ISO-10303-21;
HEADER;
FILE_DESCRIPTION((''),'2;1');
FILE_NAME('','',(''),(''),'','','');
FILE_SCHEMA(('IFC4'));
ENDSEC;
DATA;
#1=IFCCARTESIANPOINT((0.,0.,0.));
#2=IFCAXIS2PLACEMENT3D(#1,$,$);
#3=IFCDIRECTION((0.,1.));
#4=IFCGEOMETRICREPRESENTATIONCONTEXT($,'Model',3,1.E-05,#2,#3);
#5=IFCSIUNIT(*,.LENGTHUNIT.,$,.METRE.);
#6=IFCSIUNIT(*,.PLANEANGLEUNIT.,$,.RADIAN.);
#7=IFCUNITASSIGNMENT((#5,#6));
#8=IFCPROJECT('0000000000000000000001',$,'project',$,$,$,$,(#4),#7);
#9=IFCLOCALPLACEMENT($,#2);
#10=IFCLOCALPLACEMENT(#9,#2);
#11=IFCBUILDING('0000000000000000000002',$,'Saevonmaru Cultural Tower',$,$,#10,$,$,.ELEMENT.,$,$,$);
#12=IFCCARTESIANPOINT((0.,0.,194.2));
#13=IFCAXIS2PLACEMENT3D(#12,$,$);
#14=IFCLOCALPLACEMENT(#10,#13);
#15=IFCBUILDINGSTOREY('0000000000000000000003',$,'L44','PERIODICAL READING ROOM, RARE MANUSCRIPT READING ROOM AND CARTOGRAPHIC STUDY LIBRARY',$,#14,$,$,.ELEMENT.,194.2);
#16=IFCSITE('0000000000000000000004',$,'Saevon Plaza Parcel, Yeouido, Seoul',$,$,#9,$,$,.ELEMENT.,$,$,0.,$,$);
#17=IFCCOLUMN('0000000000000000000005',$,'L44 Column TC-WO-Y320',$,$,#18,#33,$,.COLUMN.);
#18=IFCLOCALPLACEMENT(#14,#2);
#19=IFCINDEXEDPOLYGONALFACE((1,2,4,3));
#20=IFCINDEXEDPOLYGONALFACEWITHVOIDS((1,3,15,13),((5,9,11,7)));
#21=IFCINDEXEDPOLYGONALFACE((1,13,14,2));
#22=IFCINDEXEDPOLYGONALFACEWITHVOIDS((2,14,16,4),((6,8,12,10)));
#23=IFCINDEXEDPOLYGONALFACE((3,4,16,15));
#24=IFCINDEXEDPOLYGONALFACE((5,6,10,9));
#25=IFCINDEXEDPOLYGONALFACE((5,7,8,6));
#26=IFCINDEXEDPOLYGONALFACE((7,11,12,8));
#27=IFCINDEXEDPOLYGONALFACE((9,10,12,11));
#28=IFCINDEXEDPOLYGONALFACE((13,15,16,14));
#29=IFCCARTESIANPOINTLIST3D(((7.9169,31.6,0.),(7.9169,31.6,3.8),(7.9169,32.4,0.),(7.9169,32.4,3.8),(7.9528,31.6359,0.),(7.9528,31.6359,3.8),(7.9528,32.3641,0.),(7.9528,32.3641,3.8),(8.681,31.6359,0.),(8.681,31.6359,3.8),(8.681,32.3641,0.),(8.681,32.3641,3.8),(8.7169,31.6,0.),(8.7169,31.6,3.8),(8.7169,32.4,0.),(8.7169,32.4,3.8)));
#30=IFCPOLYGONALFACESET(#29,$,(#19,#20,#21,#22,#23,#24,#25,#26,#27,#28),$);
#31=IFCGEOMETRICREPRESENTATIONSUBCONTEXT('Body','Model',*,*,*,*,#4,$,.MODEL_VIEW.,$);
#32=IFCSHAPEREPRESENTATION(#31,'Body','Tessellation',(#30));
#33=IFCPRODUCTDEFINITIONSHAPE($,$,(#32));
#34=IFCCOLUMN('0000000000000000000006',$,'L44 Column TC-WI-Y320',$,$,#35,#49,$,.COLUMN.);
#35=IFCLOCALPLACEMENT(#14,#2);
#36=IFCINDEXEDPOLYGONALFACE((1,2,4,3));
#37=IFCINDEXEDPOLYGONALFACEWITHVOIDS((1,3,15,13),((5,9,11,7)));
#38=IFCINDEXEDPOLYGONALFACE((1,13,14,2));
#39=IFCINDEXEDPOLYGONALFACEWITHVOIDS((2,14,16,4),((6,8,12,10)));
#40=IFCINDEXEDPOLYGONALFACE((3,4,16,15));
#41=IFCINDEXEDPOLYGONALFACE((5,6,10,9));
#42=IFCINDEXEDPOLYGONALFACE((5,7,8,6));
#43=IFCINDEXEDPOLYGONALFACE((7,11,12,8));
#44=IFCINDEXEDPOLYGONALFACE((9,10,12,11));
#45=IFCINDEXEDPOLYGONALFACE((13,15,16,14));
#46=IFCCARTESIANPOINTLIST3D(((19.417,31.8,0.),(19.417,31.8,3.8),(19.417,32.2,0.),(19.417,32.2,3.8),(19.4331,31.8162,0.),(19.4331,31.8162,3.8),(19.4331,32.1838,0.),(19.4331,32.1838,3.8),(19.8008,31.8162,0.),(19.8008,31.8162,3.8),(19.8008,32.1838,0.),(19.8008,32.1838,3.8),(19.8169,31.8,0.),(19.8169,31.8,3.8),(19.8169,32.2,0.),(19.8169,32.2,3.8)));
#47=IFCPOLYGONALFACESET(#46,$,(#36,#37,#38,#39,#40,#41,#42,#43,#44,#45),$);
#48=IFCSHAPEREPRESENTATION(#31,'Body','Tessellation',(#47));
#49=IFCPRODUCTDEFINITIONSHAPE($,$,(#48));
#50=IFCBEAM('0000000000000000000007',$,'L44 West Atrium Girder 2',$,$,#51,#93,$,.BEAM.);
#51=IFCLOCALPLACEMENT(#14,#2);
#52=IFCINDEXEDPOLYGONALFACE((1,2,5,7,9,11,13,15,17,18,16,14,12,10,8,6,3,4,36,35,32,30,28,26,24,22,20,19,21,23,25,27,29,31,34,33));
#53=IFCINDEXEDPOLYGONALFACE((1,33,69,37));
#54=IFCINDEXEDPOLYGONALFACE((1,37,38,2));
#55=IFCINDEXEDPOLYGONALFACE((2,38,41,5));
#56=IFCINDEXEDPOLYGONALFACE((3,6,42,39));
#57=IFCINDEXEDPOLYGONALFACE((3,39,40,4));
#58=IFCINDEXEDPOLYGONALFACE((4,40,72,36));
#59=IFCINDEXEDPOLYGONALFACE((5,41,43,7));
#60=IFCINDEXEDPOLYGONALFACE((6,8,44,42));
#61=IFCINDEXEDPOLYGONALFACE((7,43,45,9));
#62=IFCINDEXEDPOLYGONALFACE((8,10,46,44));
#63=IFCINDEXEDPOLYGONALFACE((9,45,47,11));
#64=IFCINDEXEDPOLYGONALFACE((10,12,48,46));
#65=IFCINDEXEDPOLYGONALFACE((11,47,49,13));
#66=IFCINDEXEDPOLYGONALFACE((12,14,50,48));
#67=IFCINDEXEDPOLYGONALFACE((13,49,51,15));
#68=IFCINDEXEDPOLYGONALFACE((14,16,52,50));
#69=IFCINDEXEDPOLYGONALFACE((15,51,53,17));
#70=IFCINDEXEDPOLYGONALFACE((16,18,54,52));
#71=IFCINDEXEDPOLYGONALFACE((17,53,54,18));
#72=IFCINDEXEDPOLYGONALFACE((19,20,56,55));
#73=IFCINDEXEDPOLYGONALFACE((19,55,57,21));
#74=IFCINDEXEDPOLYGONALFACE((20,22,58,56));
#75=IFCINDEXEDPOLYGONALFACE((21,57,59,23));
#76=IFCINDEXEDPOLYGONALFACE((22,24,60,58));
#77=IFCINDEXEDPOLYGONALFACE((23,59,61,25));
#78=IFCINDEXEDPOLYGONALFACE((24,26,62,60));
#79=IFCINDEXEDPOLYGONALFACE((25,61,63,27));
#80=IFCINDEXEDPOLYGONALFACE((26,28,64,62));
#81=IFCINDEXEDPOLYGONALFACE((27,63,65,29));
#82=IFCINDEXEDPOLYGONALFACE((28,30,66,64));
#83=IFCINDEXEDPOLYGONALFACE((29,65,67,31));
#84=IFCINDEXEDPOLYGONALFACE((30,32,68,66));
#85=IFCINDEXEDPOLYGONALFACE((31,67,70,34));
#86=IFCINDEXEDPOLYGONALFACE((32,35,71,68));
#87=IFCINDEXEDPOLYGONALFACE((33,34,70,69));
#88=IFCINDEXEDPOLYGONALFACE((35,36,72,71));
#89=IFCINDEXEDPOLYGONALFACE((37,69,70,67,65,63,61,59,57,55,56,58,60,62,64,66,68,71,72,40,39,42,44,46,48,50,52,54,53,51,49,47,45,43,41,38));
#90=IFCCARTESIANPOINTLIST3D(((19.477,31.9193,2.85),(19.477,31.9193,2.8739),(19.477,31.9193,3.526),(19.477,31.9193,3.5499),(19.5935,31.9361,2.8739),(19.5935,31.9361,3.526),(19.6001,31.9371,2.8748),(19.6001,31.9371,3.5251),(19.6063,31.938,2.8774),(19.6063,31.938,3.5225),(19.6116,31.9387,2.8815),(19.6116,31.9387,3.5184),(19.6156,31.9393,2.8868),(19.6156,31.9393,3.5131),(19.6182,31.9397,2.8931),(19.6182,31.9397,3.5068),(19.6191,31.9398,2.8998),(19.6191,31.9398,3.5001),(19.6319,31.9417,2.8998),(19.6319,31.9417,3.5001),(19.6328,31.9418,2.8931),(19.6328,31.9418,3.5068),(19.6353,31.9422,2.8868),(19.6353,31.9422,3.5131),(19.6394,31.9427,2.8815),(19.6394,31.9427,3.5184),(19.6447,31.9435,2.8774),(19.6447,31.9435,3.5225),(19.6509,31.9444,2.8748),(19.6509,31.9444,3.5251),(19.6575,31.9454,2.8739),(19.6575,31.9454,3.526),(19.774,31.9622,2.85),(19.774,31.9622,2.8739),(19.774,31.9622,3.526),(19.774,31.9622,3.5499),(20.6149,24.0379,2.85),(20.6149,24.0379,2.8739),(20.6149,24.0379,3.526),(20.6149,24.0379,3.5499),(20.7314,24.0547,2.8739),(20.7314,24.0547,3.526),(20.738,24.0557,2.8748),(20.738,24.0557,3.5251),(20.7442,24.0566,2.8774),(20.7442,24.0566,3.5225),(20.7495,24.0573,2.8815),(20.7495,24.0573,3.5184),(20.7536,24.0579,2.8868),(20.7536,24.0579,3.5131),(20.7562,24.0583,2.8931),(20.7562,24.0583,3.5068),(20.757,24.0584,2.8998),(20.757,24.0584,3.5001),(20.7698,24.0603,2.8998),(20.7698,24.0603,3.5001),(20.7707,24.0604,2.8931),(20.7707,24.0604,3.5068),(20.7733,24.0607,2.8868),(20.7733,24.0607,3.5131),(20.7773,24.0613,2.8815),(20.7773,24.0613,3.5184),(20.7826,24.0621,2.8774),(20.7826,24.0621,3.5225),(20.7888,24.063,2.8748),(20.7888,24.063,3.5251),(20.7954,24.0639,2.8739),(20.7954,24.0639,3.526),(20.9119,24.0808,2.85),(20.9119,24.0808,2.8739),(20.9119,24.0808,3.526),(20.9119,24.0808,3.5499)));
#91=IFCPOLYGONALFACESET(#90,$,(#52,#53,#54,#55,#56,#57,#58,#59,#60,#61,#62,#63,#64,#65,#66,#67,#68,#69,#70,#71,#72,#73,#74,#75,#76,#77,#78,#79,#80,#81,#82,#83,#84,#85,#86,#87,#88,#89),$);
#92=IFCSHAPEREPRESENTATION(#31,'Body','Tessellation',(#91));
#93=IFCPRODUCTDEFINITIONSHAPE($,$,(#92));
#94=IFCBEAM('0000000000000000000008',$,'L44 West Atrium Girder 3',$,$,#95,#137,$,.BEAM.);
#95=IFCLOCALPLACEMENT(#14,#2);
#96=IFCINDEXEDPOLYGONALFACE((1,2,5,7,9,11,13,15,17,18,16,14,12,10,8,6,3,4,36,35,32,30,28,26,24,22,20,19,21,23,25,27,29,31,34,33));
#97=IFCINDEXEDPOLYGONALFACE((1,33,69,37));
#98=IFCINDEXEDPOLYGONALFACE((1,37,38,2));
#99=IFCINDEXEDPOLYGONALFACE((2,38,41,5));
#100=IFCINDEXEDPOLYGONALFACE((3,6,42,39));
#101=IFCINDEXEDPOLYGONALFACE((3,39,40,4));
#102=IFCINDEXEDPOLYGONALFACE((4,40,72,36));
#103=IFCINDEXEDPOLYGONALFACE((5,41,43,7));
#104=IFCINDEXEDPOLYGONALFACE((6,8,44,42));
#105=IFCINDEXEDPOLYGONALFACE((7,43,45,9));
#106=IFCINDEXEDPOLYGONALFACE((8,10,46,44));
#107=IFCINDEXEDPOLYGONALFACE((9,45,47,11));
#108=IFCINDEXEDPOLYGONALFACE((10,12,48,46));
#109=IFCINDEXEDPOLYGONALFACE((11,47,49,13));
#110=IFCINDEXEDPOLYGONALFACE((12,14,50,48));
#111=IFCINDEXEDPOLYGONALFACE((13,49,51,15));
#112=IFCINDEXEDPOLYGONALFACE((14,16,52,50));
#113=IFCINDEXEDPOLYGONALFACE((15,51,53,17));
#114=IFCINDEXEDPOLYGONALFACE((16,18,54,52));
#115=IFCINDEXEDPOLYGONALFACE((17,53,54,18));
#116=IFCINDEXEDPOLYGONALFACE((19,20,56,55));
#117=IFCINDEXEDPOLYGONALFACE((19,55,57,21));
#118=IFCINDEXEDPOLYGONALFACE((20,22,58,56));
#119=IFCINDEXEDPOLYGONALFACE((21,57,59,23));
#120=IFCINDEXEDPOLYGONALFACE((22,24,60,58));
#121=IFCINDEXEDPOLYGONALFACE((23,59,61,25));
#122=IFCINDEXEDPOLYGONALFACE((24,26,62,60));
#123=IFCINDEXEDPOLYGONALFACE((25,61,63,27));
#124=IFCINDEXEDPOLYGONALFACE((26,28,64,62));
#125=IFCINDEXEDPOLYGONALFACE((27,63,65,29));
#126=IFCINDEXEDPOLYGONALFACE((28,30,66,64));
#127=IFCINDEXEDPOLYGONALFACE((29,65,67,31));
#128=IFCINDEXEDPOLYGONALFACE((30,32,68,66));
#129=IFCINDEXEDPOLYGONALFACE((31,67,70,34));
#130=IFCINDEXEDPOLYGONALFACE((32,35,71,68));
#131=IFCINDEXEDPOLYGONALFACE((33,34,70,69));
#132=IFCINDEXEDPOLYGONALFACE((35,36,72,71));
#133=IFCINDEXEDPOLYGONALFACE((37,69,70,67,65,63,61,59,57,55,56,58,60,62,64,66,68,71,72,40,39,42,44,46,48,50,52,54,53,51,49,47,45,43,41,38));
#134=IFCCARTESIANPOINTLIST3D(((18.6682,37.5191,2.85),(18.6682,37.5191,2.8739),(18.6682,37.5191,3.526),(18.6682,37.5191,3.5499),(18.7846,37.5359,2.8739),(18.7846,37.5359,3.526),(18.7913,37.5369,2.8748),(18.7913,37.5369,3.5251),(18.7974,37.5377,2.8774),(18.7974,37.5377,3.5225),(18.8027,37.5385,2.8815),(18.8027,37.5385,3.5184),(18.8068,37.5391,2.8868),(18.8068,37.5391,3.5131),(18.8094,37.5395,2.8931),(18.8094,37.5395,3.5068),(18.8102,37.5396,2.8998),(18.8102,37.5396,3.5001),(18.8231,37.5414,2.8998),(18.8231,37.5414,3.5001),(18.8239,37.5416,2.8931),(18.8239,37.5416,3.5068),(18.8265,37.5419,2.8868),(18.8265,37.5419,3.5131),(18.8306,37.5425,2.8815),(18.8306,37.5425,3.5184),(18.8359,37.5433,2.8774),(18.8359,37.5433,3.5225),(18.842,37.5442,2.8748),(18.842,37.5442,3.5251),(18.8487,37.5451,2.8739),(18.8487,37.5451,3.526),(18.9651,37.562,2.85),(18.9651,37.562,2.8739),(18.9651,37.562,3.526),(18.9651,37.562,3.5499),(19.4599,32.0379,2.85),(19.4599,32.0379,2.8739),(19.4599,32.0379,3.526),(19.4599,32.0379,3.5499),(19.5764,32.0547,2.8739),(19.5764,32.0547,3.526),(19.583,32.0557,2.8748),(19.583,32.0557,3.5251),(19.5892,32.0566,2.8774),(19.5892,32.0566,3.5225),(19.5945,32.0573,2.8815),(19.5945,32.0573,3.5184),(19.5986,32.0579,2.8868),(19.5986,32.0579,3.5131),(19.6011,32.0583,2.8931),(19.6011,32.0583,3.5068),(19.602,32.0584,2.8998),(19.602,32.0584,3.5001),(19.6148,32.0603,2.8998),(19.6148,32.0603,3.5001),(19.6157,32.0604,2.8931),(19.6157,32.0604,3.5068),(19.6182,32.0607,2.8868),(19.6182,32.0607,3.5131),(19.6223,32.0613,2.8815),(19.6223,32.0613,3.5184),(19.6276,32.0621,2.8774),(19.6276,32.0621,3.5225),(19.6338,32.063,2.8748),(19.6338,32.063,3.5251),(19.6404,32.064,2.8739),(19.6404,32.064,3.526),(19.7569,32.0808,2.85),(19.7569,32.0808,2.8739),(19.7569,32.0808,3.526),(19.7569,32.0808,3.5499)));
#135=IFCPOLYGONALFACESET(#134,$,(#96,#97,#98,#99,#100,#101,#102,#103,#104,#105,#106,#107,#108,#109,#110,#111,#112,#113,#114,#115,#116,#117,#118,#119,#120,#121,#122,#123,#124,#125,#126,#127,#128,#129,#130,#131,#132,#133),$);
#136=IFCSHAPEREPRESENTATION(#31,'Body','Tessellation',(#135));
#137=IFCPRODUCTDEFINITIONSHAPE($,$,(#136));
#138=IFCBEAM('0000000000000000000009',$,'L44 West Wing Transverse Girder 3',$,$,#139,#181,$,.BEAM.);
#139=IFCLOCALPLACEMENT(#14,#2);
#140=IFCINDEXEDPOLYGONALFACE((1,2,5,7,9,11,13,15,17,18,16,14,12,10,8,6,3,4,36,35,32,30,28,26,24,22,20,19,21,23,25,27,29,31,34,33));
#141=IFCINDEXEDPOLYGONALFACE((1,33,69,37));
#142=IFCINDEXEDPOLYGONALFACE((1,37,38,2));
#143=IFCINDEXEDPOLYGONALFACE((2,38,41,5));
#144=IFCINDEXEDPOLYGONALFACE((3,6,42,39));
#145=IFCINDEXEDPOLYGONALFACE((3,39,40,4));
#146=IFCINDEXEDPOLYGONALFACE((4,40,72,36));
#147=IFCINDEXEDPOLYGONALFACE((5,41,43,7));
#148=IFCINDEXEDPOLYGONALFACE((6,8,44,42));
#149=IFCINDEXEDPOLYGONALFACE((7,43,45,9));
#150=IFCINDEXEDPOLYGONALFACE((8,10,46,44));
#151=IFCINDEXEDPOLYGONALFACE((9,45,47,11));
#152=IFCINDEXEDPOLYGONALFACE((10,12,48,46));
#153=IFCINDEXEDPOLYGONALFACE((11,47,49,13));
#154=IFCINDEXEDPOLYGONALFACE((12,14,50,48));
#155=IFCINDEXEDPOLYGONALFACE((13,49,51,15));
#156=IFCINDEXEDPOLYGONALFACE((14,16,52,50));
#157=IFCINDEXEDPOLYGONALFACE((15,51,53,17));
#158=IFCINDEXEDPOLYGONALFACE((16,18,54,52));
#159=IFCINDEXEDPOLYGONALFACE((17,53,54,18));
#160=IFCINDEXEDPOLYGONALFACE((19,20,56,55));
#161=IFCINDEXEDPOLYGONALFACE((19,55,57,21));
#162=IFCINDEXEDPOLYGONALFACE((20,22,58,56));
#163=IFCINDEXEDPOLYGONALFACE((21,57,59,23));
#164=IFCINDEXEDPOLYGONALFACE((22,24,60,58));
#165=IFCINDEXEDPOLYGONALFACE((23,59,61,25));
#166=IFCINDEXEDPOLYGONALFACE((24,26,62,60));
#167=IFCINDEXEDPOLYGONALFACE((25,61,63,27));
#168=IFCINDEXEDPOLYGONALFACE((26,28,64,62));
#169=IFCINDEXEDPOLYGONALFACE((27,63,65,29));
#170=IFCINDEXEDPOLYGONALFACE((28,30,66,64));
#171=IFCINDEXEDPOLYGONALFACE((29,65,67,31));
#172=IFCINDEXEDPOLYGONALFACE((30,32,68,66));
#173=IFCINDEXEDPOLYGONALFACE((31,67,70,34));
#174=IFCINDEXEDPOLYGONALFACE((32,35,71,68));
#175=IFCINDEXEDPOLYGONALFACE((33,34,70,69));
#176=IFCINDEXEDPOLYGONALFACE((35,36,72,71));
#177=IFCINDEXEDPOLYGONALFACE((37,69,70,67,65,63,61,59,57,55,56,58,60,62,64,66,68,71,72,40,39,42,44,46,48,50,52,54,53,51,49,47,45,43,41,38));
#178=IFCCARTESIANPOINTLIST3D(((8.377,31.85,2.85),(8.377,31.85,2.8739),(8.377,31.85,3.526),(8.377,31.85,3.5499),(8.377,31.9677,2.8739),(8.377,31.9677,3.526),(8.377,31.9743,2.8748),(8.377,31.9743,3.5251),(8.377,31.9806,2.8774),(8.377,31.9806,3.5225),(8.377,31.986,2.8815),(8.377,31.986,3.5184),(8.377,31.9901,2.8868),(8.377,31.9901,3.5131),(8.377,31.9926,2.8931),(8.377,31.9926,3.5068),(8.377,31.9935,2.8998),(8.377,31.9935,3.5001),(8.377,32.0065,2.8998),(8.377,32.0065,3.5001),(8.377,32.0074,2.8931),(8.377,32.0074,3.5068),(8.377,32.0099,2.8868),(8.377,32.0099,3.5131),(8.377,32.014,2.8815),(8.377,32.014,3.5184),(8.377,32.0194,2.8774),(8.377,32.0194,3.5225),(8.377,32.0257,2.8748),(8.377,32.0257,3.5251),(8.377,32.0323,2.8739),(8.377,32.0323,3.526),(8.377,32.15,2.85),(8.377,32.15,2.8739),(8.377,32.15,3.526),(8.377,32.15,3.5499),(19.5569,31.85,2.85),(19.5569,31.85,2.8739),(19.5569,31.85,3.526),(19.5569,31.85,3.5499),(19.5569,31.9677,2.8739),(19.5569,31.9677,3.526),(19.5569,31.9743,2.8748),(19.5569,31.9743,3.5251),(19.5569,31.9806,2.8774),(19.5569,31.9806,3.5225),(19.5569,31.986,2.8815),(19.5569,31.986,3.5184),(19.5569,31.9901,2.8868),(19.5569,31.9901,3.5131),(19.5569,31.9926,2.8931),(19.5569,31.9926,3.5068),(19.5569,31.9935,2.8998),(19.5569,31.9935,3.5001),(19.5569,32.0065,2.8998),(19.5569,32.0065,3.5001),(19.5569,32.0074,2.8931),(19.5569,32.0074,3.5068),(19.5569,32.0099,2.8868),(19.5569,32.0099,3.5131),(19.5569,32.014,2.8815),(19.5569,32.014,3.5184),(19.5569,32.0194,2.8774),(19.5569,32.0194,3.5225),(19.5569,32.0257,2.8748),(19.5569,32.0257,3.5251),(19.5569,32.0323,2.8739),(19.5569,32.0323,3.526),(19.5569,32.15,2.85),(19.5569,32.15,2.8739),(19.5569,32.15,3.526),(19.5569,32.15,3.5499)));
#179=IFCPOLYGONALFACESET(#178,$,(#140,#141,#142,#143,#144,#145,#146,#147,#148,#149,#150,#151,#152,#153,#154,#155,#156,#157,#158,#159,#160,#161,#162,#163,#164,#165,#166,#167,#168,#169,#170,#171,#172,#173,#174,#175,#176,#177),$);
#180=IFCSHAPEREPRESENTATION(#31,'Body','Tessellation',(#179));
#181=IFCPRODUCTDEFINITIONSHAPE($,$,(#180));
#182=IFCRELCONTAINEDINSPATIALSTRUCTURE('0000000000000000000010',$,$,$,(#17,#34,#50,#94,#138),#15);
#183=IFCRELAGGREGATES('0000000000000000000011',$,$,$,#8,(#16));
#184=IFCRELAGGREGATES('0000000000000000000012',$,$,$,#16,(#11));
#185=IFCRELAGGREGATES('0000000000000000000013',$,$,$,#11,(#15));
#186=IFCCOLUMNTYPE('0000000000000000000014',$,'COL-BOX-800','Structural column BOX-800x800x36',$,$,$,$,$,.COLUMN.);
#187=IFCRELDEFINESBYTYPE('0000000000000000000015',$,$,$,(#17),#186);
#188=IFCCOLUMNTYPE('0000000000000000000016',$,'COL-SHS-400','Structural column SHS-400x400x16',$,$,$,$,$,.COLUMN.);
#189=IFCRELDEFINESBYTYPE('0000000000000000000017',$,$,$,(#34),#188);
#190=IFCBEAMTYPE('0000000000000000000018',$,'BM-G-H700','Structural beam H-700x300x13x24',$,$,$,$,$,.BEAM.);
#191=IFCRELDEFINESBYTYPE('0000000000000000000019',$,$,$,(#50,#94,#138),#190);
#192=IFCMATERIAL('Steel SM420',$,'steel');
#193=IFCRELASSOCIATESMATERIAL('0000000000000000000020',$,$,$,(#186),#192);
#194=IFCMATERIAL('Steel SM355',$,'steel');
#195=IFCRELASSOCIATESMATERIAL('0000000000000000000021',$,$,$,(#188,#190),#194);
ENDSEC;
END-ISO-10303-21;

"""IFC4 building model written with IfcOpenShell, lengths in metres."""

from ifc_helpers import new_model, si_unit, direction, frame, origin, origin_2d, place, context, subcontext, project, spatial, hollow_rectangle, i_section, extrude, material, material_profile, profile_set, type_object, element, save


model = new_model("IFC4")

# Units and contexts
model_context = context("Model", 3, precision=1e-05, world=origin(), true_north=direction((0.0, 1.0)))
body_context = subcontext(model_context, "Body", "Model", "MODEL_VIEW")
ifc_project = project(units=[si_unit("LENGTHUNIT", "METRE"), si_unit("PLANEANGLEUNIT", "RADIAN")], contexts=[model_context])

# Site, building, storey
site_placement = place(None, origin())
site = spatial("IfcSite", under=ifc_project, at=site_placement, Name="Saevon Plaza Parcel, Yeouido, Seoul", CompositionType="ELEMENT", RefElevation=0.0)
building_placement = place(site_placement, origin())
building = spatial("IfcBuilding", under=site, at=building_placement, Name="Saevonmaru Cultural Tower", CompositionType="ELEMENT")
storey_placement = place(building_placement, frame((0.0, 0.0, 194.2)))
storey = spatial("IfcBuildingStorey", under=building, at=storey_placement, Name="L44", Description="PERIODICAL READING ROOM, RARE MANUSCRIPT READING ROOM AND CARTOGRAPHIC STUDY LIBRARY", CompositionType="ELEMENT", Elevation=194.2)

# Columns
ifc_material_1 = material(Name="Steel SM420", Category="steel")
ifc_material_profile_1 = material_profile(ifc_material_1, hollow_rectangle(XDim=0.8, YDim=0.8, WallThickness=0.0359, at=origin_2d()), Name="BOX-800x800x36")
ifc_profile_set_1 = profile_set([ifc_material_profile_1], Name="Steel SM420")
column_type_1 = type_object("IfcColumnType", Name="COL-BOX-800", Description="Structural column BOX-800x800x36", PredefinedType="COLUMN", material=ifc_profile_set_1)
column_1_placement = place(storey_placement, frame((8.3169, 32.0, 0.0), z_axis=(0.0, 0.0, 1.0), x_axis=(1.0, 0.0, 0.0)))
element("IfcColumn", 1, at=column_1_placement, inside=storey, type_object=column_type_1, Name="L44 Column TC-WO-Y320", PredefinedType="COLUMN", context=body_context, shape_type="SweptSolid", body=[
    extrude(hollow_rectangle(XDim=0.8, YDim=0.8, WallThickness=0.0359, at=origin_2d()), origin(), (0.0, 0.0, 1.0), 3.8),
])
ifc_material_2 = material(Name="Steel SM355", Category="steel")
ifc_material_profile_2 = material_profile(ifc_material_2, hollow_rectangle(XDim=0.3999, YDim=0.3999, WallThickness=0.0161, at=origin_2d()), Name="SHS-400x400x16")
ifc_profile_set_2 = profile_set([ifc_material_profile_2], Name="Steel SM355")
column_type_2 = type_object("IfcColumnType", Name="COL-SHS-400", Description="Structural column SHS-400x400x16", PredefinedType="COLUMN", material=ifc_profile_set_2)
column_2_placement = place(storey_placement, frame((19.6169, 32.0, 0.0), z_axis=(0.0, 0.0, 1.0), x_axis=(1.0, 0.0, 0.0)))
element("IfcColumn", 2, at=column_2_placement, inside=storey, type_object=column_type_2, Name="L44 Column TC-WI-Y320", PredefinedType="COLUMN", context=body_context, shape_type="SweptSolid", body=[
    extrude(hollow_rectangle(XDim=0.3999, YDim=0.3999, WallThickness=0.0161, at=origin_2d()), origin(), (0.0, 0.0, 1.0), 3.8),
])

# Beams
ifc_material_profile_3 = material_profile(ifc_material_2, i_section(OverallWidth=0.3, OverallDepth=0.7, WebThickness=0.0129, FlangeThickness=0.0239, FilletRadius=0.0259, at=origin_2d()), Name="H-700x300x13x24")
ifc_profile_set_3 = profile_set([ifc_material_profile_3], Name="Steel SM355")
beam_type_1 = type_object("IfcBeamType", Name="BM-G-H700", Description="Structural beam H-700x300x13x24", PredefinedType="BEAM", material=ifc_profile_set_3)
beam_1_placement = place(storey_placement, frame((20.7634, 24.0593, 3.2), z_axis=(-0.142902, 0.989737, 0.0), x_axis=(-0.989737, -0.142902, 0.0)))
element("IfcBeam", 3, at=beam_1_placement, inside=storey, type_object=beam_type_1, Name="L44 West Atrium Girder 2", PredefinedType="BEAM", context=body_context, shape_type="SweptSolid", body=[
    extrude(i_section(OverallWidth=0.3, OverallDepth=0.7, WebThickness=0.0129, FlangeThickness=0.0239, FilletRadius=0.0259, at=origin_2d()), origin(), (0.0, 0.0, 1.0), 7.9631),
])
beam_2_placement = place(storey_placement, frame((19.6084, 32.0593, 3.2), z_axis=(-0.142964, 0.989728, 0.0), x_axis=(-0.989728, -0.142964, 0.0)))
element("IfcBeam", 4, at=beam_2_placement, inside=storey, type_object=beam_type_1, Name="L44 West Atrium Girder 3", PredefinedType="BEAM", context=body_context, shape_type="SweptSolid", body=[
    extrude(i_section(OverallWidth=0.3, OverallDepth=0.7, WebThickness=0.0129, FlangeThickness=0.0239, FilletRadius=0.0259, at=origin_2d()), origin(), (0.0, 0.0, 1.0), 5.5381),
])
beam_3_placement = place(storey_placement, frame((8.377, 32.0, 3.2), z_axis=(1.0, 0.0, 0.0), x_axis=(0.0, 1.0, 0.0)))
element("IfcBeam", 5, at=beam_3_placement, inside=storey, type_object=beam_type_1, Name="L44 West Wing Transverse Girder 3", PredefinedType="BEAM", context=body_context, shape_type="SweptSolid", body=[
    extrude(i_section(OverallWidth=0.3, OverallDepth=0.7, WebThickness=0.0129, FlangeThickness=0.0239, FilletRadius=0.0259, at=origin_2d()), origin(), (0.0, 0.0, 1.0), 11.1799),
])

save(model, "model.ifc")
